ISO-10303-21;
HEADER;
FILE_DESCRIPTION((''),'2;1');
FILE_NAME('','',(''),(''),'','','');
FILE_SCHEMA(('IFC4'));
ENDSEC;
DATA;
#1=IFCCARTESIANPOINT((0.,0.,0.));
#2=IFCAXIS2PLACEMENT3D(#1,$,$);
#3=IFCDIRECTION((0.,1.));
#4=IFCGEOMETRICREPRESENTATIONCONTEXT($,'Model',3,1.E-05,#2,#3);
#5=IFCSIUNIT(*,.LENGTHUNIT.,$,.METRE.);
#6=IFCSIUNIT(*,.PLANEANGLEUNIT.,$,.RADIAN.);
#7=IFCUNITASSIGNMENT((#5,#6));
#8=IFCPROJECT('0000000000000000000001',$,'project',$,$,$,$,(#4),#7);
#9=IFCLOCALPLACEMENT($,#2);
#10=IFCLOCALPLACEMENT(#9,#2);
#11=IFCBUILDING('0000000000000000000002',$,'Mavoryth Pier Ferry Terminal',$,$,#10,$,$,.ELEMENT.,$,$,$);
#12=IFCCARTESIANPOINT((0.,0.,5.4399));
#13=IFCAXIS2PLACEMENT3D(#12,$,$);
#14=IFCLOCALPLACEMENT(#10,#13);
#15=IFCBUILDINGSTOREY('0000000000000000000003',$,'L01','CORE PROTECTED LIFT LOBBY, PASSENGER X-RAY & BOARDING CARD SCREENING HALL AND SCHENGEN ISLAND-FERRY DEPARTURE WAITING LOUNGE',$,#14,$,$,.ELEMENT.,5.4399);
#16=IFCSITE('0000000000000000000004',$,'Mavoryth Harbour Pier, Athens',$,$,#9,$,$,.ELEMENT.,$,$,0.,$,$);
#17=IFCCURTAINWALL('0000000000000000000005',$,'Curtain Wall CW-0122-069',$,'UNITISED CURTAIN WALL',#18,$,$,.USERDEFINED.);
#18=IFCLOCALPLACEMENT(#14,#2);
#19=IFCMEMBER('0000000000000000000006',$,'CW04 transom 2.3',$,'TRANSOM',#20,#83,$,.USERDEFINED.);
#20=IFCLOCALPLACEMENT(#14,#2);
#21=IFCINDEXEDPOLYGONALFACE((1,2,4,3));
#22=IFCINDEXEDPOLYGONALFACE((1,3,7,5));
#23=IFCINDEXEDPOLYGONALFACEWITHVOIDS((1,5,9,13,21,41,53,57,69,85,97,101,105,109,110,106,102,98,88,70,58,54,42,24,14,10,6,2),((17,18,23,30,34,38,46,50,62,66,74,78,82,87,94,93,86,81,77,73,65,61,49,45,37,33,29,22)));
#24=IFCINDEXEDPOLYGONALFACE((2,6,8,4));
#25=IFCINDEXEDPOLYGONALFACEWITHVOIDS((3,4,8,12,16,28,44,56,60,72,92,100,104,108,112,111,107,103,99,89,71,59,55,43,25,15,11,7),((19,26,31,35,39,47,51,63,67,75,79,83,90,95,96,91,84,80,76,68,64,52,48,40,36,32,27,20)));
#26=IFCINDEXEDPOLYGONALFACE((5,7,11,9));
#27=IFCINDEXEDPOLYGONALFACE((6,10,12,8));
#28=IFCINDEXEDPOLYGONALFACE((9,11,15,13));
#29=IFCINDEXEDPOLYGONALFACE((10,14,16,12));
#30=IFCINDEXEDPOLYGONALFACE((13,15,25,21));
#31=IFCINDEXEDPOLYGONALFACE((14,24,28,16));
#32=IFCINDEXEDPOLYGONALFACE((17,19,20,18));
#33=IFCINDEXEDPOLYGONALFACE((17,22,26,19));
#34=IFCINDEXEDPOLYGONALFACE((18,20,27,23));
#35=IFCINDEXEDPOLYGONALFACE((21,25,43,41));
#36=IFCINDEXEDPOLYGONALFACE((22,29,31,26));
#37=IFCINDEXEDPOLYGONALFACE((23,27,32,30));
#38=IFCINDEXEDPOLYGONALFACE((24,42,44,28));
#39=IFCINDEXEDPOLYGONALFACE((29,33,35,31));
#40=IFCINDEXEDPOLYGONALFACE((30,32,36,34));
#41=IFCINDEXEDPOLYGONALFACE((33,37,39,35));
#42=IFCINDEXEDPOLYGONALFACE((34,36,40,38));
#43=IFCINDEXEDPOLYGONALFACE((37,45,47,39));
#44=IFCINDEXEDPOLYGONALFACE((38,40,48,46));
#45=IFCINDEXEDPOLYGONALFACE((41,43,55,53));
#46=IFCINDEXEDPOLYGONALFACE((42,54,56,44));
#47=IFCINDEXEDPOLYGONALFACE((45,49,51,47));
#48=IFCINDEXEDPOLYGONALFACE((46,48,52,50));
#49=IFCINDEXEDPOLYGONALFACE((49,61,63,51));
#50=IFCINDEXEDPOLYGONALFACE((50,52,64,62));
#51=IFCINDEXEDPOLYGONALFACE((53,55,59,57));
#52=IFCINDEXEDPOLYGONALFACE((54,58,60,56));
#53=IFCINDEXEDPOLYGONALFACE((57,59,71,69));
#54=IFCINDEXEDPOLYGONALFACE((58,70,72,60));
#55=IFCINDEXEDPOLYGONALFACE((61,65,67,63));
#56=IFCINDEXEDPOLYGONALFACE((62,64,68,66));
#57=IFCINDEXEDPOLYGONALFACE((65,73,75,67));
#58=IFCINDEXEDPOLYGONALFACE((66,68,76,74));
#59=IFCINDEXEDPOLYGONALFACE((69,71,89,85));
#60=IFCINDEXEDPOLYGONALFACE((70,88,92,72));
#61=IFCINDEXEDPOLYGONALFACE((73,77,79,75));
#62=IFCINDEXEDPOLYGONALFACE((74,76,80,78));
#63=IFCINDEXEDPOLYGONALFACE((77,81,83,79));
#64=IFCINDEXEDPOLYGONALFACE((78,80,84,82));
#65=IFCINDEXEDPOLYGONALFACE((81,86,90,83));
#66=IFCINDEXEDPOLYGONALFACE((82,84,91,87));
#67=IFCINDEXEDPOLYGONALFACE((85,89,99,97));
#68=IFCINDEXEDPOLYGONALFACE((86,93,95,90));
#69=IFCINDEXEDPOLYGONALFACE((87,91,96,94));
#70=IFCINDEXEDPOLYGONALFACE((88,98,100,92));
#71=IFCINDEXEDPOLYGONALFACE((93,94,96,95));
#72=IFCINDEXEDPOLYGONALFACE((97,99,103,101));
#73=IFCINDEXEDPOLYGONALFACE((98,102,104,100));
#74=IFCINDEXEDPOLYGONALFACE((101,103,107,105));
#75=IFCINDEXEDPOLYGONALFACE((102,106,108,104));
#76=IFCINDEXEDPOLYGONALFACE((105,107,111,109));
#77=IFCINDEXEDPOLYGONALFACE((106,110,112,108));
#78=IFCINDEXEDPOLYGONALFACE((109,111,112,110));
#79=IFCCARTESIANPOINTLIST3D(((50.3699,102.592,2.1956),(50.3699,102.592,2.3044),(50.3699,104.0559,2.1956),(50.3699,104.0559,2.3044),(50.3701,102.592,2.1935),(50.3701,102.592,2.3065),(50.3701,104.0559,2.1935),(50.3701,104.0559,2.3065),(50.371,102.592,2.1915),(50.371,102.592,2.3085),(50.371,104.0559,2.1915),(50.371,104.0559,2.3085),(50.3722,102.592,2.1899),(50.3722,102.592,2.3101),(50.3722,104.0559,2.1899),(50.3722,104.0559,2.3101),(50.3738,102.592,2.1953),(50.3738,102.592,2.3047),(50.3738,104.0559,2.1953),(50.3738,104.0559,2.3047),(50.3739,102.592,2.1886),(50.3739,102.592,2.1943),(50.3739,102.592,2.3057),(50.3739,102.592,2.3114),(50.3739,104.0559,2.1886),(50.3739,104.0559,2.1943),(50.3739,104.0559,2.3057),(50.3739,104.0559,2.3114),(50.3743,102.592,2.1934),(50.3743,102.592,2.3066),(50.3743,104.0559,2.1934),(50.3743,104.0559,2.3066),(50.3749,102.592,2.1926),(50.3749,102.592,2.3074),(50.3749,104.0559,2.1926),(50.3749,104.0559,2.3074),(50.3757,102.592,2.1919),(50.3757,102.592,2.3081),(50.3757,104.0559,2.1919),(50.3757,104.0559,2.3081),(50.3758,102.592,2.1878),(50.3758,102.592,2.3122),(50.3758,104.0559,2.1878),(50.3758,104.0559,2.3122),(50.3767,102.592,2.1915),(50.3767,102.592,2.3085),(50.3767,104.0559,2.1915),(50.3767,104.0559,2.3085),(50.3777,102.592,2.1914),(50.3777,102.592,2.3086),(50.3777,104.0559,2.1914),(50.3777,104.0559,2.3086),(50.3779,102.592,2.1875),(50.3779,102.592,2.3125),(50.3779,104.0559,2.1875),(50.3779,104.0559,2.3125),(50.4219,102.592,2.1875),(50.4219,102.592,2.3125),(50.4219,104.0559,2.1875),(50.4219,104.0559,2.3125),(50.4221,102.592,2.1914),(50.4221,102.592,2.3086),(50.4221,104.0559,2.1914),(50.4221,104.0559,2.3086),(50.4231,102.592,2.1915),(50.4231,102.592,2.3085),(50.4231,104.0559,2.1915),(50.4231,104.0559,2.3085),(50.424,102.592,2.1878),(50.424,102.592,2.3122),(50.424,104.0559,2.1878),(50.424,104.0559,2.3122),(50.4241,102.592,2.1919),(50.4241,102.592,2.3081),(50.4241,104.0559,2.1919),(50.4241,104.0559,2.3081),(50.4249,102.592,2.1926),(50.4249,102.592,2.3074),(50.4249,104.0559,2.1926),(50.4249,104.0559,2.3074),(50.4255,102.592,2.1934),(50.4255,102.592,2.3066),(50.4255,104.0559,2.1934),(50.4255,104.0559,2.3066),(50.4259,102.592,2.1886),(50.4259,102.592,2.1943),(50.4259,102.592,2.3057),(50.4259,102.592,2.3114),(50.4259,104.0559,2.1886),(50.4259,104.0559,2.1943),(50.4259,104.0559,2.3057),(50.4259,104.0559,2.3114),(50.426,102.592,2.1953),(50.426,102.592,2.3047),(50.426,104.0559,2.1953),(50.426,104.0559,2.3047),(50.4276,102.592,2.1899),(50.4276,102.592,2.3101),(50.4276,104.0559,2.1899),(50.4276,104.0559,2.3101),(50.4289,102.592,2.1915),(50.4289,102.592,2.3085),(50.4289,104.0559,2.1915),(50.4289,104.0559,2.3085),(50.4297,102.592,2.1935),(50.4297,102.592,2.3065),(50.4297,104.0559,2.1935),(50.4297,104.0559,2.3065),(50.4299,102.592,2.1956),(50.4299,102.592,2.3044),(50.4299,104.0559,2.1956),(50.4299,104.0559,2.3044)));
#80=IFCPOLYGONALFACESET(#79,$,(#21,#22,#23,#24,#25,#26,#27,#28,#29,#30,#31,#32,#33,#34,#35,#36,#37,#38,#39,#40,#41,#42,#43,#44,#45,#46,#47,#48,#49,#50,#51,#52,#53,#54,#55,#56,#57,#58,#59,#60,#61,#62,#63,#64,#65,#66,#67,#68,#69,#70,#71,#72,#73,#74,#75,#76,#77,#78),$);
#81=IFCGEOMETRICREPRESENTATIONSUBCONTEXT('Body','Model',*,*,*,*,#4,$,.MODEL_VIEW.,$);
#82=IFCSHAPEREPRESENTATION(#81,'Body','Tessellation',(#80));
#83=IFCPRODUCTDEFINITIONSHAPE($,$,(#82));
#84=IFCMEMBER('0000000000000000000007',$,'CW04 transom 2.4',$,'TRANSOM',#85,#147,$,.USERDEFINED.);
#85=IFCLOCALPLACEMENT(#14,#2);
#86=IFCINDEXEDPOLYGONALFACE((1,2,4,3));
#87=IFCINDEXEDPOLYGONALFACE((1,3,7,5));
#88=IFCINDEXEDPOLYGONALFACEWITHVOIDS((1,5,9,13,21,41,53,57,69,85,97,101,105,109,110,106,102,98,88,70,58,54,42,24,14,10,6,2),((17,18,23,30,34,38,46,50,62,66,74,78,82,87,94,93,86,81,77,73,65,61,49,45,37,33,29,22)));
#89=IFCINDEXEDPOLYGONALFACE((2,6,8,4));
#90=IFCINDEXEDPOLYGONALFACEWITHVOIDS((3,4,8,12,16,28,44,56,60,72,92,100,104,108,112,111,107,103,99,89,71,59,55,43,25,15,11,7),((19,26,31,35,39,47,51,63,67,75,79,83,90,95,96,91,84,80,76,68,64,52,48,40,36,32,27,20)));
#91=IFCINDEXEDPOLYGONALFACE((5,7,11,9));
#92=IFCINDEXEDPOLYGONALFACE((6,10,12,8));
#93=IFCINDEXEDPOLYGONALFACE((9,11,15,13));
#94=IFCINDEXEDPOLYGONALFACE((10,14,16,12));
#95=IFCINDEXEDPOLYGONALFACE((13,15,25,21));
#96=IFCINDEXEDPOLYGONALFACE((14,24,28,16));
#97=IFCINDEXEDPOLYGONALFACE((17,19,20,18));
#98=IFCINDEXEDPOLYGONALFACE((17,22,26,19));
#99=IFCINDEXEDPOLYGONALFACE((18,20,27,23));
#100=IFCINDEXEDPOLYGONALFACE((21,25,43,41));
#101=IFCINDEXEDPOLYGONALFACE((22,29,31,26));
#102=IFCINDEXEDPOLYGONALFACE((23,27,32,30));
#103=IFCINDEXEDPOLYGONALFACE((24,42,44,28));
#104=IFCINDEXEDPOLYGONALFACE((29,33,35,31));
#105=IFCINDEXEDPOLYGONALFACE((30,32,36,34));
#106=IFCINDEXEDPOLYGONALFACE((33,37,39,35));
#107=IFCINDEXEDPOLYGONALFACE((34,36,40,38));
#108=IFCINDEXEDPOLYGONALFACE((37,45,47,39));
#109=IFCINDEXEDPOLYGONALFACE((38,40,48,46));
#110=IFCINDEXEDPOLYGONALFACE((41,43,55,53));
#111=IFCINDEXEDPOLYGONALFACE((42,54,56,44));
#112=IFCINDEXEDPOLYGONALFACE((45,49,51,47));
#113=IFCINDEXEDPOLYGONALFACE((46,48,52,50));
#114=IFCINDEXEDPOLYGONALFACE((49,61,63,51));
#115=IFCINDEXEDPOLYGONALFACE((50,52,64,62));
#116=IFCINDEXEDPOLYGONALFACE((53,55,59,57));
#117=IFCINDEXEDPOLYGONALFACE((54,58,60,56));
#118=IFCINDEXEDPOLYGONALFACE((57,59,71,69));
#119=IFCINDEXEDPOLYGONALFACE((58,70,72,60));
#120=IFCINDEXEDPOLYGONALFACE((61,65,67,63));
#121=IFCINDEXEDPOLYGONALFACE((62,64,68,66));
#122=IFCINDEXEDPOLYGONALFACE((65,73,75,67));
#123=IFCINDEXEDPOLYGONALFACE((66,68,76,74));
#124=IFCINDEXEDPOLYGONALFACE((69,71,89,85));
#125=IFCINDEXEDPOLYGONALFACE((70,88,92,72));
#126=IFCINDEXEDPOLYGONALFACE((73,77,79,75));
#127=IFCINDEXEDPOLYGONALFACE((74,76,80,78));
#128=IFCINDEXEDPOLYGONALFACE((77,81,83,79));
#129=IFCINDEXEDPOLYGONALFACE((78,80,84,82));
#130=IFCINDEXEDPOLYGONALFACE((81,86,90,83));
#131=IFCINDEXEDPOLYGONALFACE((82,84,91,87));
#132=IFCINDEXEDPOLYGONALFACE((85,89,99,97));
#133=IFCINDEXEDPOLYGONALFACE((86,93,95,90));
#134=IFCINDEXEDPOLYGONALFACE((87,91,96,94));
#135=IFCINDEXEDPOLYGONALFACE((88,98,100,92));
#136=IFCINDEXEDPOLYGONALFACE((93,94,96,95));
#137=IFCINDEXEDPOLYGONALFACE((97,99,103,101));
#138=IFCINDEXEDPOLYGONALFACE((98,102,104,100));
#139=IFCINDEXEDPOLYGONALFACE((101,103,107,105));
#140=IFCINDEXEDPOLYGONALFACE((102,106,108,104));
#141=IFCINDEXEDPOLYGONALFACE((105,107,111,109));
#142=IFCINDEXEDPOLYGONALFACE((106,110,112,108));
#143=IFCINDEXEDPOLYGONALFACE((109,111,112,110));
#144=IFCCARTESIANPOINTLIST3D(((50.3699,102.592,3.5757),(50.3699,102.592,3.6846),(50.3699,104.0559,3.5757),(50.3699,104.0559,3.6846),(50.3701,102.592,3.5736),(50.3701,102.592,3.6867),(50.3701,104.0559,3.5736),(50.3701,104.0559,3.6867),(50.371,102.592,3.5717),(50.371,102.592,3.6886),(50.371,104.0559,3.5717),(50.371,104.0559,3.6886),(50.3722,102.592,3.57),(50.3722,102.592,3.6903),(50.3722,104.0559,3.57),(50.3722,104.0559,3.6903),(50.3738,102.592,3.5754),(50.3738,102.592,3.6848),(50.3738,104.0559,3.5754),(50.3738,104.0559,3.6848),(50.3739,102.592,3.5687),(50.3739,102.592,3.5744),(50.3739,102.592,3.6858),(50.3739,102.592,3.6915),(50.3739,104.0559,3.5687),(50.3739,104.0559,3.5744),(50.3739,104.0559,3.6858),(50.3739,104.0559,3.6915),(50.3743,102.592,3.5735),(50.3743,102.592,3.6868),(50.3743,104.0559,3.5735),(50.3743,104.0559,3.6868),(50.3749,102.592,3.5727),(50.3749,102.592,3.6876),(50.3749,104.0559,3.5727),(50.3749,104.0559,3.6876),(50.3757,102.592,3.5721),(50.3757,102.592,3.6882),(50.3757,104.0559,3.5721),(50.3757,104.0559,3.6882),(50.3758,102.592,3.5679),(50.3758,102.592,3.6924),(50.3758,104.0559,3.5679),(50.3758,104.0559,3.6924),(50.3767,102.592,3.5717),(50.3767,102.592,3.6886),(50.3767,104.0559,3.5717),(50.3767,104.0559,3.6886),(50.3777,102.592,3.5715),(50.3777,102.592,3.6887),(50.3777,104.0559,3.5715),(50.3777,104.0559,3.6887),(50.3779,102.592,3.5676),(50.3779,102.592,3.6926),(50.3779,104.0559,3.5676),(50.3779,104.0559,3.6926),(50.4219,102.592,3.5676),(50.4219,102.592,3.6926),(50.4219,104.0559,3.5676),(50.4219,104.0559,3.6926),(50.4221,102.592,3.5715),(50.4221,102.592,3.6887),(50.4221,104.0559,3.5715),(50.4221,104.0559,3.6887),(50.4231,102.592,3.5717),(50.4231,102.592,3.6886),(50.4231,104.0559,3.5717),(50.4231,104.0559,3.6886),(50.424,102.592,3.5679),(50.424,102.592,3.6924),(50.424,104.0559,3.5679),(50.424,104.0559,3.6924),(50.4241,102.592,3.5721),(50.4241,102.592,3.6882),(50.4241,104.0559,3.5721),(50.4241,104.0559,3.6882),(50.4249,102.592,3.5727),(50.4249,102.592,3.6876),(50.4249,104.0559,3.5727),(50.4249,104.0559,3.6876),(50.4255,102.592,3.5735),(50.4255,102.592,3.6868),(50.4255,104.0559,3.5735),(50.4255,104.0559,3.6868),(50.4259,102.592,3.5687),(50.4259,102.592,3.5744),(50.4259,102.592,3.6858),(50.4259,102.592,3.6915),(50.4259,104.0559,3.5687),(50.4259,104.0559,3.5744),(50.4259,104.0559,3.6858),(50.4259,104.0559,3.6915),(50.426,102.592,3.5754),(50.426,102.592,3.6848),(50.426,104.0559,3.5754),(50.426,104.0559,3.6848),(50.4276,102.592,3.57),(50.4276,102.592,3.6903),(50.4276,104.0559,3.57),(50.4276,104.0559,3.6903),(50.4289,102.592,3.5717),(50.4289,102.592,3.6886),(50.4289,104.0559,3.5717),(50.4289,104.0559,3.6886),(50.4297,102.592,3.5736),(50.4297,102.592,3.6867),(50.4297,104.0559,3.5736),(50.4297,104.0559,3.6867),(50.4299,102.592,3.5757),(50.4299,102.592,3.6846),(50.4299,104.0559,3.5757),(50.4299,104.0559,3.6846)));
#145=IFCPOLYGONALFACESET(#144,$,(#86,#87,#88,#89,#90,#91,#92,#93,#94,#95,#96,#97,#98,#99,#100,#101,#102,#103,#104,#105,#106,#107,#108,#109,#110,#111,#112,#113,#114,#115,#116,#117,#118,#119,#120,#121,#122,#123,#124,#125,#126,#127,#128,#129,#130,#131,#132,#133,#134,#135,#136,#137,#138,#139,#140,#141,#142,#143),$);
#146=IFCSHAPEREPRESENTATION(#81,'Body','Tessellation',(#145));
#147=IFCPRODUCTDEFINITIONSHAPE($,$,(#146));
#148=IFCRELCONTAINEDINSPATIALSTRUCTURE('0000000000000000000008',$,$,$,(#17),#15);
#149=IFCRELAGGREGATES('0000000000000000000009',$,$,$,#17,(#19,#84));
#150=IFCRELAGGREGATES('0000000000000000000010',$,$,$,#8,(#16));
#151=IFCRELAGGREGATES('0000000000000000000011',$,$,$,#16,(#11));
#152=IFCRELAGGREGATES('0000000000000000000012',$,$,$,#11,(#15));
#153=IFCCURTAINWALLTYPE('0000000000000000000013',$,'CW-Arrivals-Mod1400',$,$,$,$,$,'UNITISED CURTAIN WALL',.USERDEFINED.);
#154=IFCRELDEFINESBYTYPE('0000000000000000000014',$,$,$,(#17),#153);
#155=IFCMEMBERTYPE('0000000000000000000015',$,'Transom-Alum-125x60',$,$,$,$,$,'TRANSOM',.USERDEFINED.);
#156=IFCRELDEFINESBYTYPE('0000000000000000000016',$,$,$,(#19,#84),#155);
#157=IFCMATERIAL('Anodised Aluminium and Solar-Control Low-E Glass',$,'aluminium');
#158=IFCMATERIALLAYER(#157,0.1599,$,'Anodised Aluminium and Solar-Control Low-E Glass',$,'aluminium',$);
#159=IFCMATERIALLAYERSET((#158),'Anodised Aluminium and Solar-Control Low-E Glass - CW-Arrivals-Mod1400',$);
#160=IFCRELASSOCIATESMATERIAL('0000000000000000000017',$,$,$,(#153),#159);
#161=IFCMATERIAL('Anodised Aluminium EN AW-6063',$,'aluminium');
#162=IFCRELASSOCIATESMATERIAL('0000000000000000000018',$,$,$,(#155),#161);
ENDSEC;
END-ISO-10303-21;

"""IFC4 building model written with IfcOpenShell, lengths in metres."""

from ifc_helpers import new_model, si_unit, direction, frame, origin, origin_2d, place, context, subcontext, project, spatial, hollow_rectangle, extrude, material, layer, layer_set, material_profile, profile_set, type_object, element, aggregate, save


model = new_model("IFC4")

# Units and contexts
model_context = context("Model", 3, precision=1e-05, world=origin(), true_north=direction((0.0, 1.0)))
body_context = subcontext(model_context, "Body", "Model", "MODEL_VIEW")
ifc_project = project(units=[si_unit("LENGTHUNIT", "METRE"), si_unit("PLANEANGLEUNIT", "RADIAN")], contexts=[model_context])

# Site, building, storey
site_placement = place(None, origin())
site = spatial("IfcSite", under=ifc_project, at=site_placement, Name="Mavoryth Harbour Pier, Athens", CompositionType="ELEMENT", RefElevation=0.0)
building_placement = place(site_placement, origin())
building = spatial("IfcBuilding", under=site, at=building_placement, Name="Mavoryth Pier Ferry Terminal", CompositionType="ELEMENT")
storey_placement = place(building_placement, frame((0.0, 0.0, 5.4399)))
storey = spatial("IfcBuildingStorey", under=building, at=storey_placement, Name="L01", Description="CORE PROTECTED LIFT LOBBY, PASSENGER X-RAY & BOARDING CARD SCREENING HALL AND SCHENGEN ISLAND-FERRY DEPARTURE WAITING LOUNGE", CompositionType="ELEMENT", Elevation=5.4399)

# Curtain wall
ifc_material_1 = material(Name="Anodised Aluminium and Solar-Control Low-E Glass", Category="aluminium")
ifc_layer_1 = layer(ifc_material_1, 0.1599, Name="Anodised Aluminium and Solar-Control Low-E Glass", Category="aluminium")
ifc_layer_set_1 = layer_set([ifc_layer_1], Name="Anodised Aluminium and Solar-Control Low-E Glass - CW-Arrivals-Mod1400")
curtain_wall_type = type_object("IfcCurtainWallType", Name="CW-Arrivals-Mod1400", ElementType="UNITISED CURTAIN WALL", PredefinedType="USERDEFINED", material=ifc_layer_set_1)
curtain_wall_placement = place(storey_placement, origin())
curtain_wall = element("IfcCurtainWall", 1, at=curtain_wall_placement, inside=storey, type_object=curtain_wall_type, Name="Curtain Wall CW-0122-069", ObjectType="UNITISED CURTAIN WALL", PredefinedType="USERDEFINED")
ifc_material_2 = material(Name="Anodised Aluminium EN AW-6063", Category="aluminium")

# Members
ifc_material_profile_1 = material_profile(ifc_material_2, hollow_rectangle(XDim=0.0601, YDim=0.125, WallThickness=0.0039, InnerFilletRadius=0.0039, OuterFilletRadius=0.0081, at=origin_2d()), Name="AL-TRAN 125x60x4", Category="aluminium")
ifc_profile_set_1 = profile_set([ifc_material_profile_1], Name="Anodised Aluminium EN AW-6063 - AL-TRAN 125x60x4")
member_type_1 = type_object("IfcMemberType", Name="Transom-Alum-125x60", ElementType="TRANSOM", PredefinedType="USERDEFINED", material=ifc_profile_set_1)
member_1_placement = place(storey_placement, frame((50.3999, 104.0559, 2.25), z_axis=(0.0, -1.0, 0.0), x_axis=(1.0, 0.0, 0.0)))
member_1 = element("IfcMember", 2, at=member_1_placement, type_object=member_type_1, Name="CW04 transom 2.3", ObjectType="TRANSOM", PredefinedType="USERDEFINED", context=body_context, shape_type="SweptSolid", body=[
    extrude(hollow_rectangle(XDim=0.0601, YDim=0.125, WallThickness=0.0039, InnerFilletRadius=0.0039, OuterFilletRadius=0.0081, at=origin_2d()), origin(), (0.0, 0.0, 1.0), 1.4639),
])
member_2_placement = place(storey_placement, frame((50.3999, 104.0559, 3.6301), z_axis=(0.0, -1.0, 0.0), x_axis=(1.0, 0.0, 0.0)))
member_2 = element("IfcMember", 3, at=member_2_placement, type_object=member_type_1, Name="CW04 transom 2.4", ObjectType="TRANSOM", PredefinedType="USERDEFINED", context=body_context, shape_type="SweptSolid", body=[
    extrude(hollow_rectangle(XDim=0.0601, YDim=0.125, WallThickness=0.0039, InnerFilletRadius=0.0039, OuterFilletRadius=0.0081, at=origin_2d()), origin(), (0.0, 0.0, 1.0), 1.4639),
])

aggregate(curtain_wall, [member_1, member_2])

save(model, "model.ifc")
